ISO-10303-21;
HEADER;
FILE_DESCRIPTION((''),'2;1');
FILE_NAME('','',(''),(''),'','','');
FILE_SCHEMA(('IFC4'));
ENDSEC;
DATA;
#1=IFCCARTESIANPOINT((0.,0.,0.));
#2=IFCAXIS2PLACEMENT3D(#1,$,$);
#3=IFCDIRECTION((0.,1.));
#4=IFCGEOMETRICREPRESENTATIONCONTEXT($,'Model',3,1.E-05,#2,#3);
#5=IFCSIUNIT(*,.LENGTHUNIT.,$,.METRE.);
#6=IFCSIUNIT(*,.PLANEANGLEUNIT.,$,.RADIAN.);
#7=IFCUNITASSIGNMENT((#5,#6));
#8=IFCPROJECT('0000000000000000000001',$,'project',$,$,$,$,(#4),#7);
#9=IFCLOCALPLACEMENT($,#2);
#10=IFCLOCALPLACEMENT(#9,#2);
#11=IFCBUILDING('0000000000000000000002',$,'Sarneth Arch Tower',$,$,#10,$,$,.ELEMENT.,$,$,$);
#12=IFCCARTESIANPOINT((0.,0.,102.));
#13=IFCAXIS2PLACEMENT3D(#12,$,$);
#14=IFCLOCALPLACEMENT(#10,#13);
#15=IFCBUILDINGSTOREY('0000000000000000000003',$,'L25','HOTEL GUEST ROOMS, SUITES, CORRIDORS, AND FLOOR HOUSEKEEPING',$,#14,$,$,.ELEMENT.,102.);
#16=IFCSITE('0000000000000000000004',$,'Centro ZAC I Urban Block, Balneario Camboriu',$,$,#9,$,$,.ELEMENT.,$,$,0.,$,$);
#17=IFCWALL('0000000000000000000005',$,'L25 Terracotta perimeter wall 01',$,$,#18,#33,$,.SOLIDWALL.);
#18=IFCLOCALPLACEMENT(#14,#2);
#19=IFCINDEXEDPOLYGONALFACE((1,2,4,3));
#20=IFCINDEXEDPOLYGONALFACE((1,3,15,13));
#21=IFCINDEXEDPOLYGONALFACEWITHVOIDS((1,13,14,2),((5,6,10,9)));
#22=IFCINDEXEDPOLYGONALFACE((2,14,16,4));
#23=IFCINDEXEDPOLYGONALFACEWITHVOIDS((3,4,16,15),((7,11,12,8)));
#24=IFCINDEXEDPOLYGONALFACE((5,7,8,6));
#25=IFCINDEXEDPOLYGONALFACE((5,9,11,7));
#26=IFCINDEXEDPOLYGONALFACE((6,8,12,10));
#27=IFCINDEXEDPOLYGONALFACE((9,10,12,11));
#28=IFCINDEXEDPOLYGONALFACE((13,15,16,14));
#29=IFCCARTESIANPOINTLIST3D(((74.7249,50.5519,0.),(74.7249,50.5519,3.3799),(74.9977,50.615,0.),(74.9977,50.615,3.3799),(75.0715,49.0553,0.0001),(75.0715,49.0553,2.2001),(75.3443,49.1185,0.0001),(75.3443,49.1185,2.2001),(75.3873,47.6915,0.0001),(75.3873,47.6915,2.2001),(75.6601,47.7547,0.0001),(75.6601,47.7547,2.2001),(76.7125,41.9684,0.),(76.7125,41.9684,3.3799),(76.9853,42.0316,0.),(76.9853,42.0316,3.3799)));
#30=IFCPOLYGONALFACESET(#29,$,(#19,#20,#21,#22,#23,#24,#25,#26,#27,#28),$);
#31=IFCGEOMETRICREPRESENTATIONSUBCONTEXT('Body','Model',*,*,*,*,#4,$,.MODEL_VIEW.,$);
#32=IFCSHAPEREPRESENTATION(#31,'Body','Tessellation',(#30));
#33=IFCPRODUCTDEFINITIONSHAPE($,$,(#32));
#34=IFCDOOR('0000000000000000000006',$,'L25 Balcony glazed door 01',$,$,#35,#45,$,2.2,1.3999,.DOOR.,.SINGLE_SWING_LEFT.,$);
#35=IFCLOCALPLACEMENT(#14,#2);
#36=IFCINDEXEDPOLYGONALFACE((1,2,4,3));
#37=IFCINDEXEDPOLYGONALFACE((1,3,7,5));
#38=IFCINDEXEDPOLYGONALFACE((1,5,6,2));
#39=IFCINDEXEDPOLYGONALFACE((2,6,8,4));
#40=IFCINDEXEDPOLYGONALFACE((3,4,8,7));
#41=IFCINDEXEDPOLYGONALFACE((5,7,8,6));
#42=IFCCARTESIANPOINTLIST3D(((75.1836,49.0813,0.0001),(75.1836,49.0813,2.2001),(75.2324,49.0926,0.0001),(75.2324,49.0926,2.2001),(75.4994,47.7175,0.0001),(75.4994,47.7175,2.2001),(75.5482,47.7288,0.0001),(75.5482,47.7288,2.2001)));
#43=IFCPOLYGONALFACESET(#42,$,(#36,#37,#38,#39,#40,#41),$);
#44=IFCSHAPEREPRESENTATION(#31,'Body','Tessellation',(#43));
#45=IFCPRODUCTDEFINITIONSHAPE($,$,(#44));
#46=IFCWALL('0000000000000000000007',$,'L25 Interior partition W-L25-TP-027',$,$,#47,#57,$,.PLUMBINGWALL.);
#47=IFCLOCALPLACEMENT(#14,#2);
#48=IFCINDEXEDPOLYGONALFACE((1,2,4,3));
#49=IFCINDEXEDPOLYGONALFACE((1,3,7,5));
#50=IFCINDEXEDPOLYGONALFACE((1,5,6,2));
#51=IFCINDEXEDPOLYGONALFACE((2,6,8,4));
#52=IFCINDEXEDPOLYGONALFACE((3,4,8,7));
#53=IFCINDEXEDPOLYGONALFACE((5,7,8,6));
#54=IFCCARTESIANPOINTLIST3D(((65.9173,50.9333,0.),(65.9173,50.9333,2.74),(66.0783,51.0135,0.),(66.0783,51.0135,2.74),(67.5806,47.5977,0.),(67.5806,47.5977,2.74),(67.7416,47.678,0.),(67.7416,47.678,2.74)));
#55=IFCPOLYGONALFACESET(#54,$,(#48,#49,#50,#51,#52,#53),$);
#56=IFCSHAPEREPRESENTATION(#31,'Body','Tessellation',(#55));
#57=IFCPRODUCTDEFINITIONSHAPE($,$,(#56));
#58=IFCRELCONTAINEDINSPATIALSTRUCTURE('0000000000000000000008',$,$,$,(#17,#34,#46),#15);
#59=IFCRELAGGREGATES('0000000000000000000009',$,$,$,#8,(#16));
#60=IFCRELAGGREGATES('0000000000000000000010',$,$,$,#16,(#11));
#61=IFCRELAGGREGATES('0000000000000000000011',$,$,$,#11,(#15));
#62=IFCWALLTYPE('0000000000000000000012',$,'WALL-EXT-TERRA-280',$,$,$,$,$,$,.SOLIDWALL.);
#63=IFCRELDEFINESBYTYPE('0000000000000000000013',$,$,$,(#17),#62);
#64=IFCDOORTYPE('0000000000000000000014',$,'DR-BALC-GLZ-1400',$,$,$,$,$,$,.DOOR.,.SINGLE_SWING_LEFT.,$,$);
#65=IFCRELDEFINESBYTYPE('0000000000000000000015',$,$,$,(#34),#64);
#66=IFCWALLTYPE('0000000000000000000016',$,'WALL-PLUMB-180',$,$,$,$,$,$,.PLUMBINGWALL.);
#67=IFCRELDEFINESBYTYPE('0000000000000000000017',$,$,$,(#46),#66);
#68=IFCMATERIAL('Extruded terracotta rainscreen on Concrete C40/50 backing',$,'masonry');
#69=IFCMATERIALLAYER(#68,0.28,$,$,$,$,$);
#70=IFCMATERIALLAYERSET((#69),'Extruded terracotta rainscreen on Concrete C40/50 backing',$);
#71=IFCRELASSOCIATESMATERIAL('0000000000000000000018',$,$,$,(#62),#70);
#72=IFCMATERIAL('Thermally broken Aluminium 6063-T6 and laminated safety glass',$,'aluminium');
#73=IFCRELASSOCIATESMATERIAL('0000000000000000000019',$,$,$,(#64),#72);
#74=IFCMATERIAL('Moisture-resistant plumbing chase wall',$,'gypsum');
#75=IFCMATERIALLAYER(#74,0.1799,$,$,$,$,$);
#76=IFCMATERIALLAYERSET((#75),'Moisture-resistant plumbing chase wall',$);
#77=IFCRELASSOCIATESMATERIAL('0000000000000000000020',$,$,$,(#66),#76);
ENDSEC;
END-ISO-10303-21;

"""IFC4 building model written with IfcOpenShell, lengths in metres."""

from ifc_helpers import new_model, si_unit, direction, frame, frame_2d, origin, place, context, subcontext, project, spatial, rectangle, extrude, material, layer, layer_set, type_object, element, fill, save


model = new_model("IFC4")

# Units and contexts
model_context = context("Model", 3, precision=1e-05, world=origin(), true_north=direction((0.0, 1.0)))
body_context = subcontext(model_context, "Body", "Model", "MODEL_VIEW")
ifc_project = project(units=[si_unit("LENGTHUNIT", "METRE"), si_unit("PLANEANGLEUNIT", "RADIAN")], contexts=[model_context])

# Site, building, storey
site_placement = place(None, origin())
site = spatial("IfcSite", under=ifc_project, at=site_placement, Name="Centro ZAC I Urban Block, Balneario Camboriu", CompositionType="ELEMENT", RefElevation=0.0)
building_placement = place(site_placement, origin())
building = spatial("IfcBuilding", under=site, at=building_placement, Name="Sarneth Arch Tower", CompositionType="ELEMENT")
storey_placement = place(building_placement, frame((0.0, 0.0, 102.0)))
storey = spatial("IfcBuildingStorey", under=building, at=storey_placement, Name="L25", Description="HOTEL GUEST ROOMS, SUITES, CORRIDORS, AND FLOOR HOUSEKEEPING", CompositionType="ELEMENT", Elevation=102.0)

# Wall, opening, door
ifc_material_1 = material(Name="Extruded terracotta rainscreen on Concrete C40/50 backing", Category="masonry")
ifc_layer_1 = layer(ifc_material_1, 0.28)
ifc_layer_set_1 = layer_set([ifc_layer_1], Name="Extruded terracotta rainscreen on Concrete C40/50 backing")
wall_type_1 = type_object("IfcWallType", Name="WALL-EXT-TERRA-280", PredefinedType="SOLIDWALL", material=ifc_layer_set_1)
wall_1_placement = place(storey_placement, frame((76.8489, 42.0, 0.0), z_axis=(0.0, 0.0, 1.0), x_axis=(-0.225586, 0.974223, 0.0)))
wall_1 = element("IfcWall", 1, at=wall_1_placement, inside=storey, type_object=wall_type_1, Name="L25 Terracotta perimeter wall 01", PredefinedType="SOLIDWALL", context=body_context, shape_type="SweptSolid", body=[
    extrude(rectangle(XDim=8.8105, YDim=0.28, at=frame_2d((4.4053, 0.0))), origin(), (0.0, 0.0, 1.0), 3.3799),
])
opening_placement = place(wall_1_placement, frame((5.8745, 0.0, 0.0)))
opening = element("IfcOpeningElement", 2, at=opening_placement, cuts=wall_1, PredefinedType="OPENING", context=body_context, shape_type="SweptSolid", body=[
    extrude(rectangle(XDim=1.3999, YDim=2.2, at=frame_2d((0.7, 1.1001))), frame((0.0, 0.1499, 0.0), z_axis=(0.0, -1.0, 0.0), x_axis=(1.0, 0.0, 0.0)), (0.0, 0.0, 1.0), 0.3),
])
ifc_material_2 = material(Name="Thermally broken Aluminium 6063-T6 and laminated safety glass", Category="aluminium")
door_type = type_object("IfcDoorType", Name="DR-BALC-GLZ-1400", OperationType="SINGLE_SWING_LEFT", PredefinedType="DOOR", material=ifc_material_2)
door_placement = place(opening_placement, origin())
door = element("IfcDoor", 3, at=door_placement, inside=storey, type_object=door_type, Name="L25 Balcony glazed door 01", OperationType="SINGLE_SWING_LEFT", OverallHeight=2.2, OverallWidth=1.3999, PredefinedType="DOOR", context=body_context, shape_type="SweptSolid", body=[
    extrude(rectangle(XDim=1.3999, YDim=2.2, at=frame_2d((0.7, 1.1001))), frame((0.0, 0.0249, 0.0), z_axis=(0.0, -1.0, 0.0), x_axis=(1.0, 0.0, 0.0)), (0.0, 0.0, 1.0), 0.05),
])
fill(opening, door)

# Wall
ifc_material_3 = material(Name="Moisture-resistant plumbing chase wall", Category="gypsum")
ifc_layer_2 = layer(ifc_material_3, 0.1799)
ifc_layer_set_2 = layer_set([ifc_layer_2], Name="Moisture-resistant plumbing chase wall")
wall_type_2 = type_object("IfcWallType", Name="WALL-PLUMB-180", PredefinedType="PLUMBINGWALL", material=ifc_layer_set_2)
wall_2_placement = place(storey_placement, frame((67.6611, 47.6377, 0.0), z_axis=(0.0, 0.0, 1.0), x_axis=(-0.446244, 0.894911, 0.0)))
element("IfcWall", 4, at=wall_2_placement, inside=storey, type_object=wall_type_2, Name="L25 Interior partition W-L25-TP-027", PredefinedType="PLUMBINGWALL", context=body_context, shape_type="SweptSolid", body=[
    extrude(rectangle(XDim=3.7273, YDim=0.1799, at=frame_2d((1.8638, 0.0))), origin(), (0.0, 0.0, 1.0), 2.74),
])

save(model, "model.ifc")
